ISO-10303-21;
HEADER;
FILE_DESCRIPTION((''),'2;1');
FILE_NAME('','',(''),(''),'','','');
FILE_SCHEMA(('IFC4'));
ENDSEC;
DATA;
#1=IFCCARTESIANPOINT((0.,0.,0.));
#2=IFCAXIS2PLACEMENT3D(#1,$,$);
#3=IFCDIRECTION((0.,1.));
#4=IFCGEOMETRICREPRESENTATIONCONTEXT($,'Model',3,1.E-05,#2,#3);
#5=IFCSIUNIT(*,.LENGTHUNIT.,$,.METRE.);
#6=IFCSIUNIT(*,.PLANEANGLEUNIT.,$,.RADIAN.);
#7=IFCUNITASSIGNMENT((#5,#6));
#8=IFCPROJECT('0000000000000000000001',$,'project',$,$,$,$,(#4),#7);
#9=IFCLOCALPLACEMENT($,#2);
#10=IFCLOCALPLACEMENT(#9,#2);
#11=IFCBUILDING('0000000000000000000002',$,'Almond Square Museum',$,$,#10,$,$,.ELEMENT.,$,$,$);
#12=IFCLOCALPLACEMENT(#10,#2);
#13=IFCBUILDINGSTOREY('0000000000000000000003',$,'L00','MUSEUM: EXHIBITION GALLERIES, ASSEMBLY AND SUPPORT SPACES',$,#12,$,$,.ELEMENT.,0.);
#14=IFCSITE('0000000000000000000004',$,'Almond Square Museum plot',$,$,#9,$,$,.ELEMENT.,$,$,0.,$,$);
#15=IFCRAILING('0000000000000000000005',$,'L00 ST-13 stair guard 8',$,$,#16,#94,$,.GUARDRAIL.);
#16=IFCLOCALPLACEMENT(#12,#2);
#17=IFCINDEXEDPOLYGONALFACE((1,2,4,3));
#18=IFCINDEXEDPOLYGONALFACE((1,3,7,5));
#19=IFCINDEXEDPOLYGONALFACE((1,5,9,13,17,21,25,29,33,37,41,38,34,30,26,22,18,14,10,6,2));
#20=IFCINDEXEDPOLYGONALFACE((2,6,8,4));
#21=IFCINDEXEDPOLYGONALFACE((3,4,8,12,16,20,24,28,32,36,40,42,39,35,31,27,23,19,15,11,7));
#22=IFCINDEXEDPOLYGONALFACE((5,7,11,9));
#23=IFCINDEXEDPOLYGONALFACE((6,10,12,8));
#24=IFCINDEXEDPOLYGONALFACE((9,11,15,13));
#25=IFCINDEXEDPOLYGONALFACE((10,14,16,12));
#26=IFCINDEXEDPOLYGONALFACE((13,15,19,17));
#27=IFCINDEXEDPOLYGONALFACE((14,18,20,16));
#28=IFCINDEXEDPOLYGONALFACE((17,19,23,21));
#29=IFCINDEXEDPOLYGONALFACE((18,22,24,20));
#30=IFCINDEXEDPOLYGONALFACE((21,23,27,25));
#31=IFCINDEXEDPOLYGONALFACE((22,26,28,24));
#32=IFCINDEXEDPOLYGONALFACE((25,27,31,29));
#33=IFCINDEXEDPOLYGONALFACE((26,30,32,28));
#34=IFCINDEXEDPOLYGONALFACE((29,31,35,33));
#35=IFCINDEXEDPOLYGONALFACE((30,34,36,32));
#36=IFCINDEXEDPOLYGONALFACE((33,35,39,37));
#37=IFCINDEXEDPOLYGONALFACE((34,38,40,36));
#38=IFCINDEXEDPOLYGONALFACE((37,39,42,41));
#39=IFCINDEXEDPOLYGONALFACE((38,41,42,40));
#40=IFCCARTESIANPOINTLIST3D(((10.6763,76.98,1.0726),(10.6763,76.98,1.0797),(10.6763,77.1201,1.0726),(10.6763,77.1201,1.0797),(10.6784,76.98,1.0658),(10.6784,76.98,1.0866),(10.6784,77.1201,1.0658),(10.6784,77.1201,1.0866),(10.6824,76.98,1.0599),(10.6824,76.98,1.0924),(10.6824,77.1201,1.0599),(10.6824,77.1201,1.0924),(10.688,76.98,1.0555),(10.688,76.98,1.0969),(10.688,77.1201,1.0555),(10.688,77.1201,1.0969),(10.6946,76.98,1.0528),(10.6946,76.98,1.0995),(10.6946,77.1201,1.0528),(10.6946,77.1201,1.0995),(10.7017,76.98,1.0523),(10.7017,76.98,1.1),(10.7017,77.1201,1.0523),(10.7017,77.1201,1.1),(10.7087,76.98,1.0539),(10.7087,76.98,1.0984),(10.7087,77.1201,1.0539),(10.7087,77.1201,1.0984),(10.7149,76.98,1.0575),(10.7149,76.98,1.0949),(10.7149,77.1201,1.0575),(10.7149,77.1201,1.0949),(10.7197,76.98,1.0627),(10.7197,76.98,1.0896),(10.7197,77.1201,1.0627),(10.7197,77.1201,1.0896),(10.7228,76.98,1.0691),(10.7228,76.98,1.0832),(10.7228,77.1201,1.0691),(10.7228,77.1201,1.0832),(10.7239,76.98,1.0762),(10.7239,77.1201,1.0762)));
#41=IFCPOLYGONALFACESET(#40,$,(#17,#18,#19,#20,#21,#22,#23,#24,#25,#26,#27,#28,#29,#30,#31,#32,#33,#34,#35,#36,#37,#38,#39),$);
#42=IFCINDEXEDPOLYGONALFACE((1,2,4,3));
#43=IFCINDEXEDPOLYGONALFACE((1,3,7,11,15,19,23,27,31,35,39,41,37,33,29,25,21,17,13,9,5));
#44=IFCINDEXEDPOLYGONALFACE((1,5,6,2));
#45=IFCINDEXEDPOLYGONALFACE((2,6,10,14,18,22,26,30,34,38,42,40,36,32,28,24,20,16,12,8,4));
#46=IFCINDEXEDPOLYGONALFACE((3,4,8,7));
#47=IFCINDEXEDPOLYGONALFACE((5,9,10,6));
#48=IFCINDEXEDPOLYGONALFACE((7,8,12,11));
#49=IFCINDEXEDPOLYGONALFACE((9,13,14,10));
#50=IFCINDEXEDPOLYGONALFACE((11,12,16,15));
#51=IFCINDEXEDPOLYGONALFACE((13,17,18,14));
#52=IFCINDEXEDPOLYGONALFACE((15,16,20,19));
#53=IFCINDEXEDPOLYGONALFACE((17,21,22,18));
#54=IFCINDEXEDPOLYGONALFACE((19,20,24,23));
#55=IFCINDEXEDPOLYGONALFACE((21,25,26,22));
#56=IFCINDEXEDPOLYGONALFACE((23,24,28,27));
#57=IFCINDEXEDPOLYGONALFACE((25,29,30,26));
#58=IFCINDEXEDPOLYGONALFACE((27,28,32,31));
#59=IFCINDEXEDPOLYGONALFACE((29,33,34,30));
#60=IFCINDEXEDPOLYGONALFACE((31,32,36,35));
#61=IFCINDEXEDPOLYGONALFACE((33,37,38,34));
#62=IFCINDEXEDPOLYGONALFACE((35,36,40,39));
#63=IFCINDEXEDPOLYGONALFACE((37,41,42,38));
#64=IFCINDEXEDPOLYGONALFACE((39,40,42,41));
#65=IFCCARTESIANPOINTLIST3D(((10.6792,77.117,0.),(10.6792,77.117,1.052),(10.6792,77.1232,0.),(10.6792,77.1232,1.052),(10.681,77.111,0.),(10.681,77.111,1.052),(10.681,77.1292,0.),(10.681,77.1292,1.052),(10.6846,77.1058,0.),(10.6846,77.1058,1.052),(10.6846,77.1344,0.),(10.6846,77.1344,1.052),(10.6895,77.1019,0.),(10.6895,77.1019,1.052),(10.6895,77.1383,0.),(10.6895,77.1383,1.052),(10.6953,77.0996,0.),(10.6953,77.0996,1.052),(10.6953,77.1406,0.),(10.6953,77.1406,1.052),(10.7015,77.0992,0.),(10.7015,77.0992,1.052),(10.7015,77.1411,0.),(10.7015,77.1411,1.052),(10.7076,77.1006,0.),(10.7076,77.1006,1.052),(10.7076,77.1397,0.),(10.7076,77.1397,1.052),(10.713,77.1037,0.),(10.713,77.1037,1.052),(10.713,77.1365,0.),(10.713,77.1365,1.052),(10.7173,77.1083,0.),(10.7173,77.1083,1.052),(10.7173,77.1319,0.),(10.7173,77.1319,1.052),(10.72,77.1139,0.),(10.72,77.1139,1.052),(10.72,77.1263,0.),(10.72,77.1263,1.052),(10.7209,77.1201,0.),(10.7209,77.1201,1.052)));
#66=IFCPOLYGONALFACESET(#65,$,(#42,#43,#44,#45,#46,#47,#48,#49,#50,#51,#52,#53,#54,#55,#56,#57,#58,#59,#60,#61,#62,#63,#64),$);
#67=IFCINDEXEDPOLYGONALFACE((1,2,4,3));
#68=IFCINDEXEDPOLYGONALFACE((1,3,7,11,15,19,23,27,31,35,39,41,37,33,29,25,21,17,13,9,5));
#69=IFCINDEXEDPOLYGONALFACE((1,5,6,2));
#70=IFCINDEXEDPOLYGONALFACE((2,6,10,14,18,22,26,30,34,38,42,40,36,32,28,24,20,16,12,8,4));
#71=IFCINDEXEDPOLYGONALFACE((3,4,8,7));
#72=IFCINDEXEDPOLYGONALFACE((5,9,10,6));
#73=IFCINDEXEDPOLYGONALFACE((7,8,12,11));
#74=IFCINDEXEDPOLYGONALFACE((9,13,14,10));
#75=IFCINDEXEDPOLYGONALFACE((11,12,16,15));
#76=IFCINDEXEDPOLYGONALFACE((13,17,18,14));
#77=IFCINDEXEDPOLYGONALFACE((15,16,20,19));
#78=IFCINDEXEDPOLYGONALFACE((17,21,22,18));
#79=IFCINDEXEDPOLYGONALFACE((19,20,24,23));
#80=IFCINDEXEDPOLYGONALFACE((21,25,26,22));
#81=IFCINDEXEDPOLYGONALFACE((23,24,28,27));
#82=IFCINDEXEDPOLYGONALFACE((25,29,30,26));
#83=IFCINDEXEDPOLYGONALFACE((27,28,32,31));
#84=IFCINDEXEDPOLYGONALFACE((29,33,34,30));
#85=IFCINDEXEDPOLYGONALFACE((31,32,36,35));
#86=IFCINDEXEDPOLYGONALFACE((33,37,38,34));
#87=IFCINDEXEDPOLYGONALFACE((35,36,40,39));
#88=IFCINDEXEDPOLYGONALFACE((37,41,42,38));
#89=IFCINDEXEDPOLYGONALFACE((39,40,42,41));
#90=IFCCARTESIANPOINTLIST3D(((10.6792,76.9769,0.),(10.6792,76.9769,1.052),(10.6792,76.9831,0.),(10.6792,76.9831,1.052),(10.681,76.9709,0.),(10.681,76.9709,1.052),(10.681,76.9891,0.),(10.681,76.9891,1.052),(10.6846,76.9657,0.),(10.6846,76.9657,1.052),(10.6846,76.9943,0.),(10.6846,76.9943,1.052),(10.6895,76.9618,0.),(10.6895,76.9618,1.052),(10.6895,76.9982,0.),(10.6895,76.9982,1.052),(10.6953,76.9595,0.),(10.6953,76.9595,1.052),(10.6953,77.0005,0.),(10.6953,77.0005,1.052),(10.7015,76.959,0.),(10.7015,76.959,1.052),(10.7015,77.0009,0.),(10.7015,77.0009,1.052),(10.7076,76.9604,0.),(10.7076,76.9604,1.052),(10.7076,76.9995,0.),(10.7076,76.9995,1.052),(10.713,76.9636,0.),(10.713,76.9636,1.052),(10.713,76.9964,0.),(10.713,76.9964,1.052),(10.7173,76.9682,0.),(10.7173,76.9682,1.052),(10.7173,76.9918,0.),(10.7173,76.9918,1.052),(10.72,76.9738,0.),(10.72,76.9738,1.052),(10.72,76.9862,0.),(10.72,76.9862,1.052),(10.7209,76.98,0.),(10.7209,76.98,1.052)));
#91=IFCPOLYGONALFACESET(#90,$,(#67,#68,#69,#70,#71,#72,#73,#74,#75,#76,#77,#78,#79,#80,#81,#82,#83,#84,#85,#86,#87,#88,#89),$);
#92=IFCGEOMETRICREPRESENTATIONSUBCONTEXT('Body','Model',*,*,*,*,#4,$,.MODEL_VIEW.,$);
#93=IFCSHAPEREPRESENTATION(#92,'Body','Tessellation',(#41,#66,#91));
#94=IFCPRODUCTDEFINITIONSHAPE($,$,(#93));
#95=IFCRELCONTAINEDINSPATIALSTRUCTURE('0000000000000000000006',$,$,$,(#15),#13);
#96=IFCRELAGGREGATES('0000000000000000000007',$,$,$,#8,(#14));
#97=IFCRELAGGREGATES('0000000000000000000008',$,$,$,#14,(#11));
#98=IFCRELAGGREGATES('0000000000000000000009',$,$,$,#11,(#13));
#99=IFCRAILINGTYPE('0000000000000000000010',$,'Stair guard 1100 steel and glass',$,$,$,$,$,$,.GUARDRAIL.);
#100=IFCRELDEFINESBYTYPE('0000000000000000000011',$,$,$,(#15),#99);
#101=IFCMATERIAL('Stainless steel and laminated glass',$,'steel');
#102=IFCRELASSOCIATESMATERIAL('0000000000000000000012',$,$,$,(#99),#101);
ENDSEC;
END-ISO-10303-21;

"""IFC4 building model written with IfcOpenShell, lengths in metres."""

from ifc_helpers import new_model, si_unit, direction, frame, origin, origin_2d, place, context, subcontext, project, spatial, circle, extrude, material, type_object, element, save


model = new_model("IFC4")

# Units and contexts
model_context = context("Model", 3, precision=1e-05, world=origin(), true_north=direction((0.0, 1.0)))
body_context = subcontext(model_context, "Body", "Model", "MODEL_VIEW")
ifc_project = project(units=[si_unit("LENGTHUNIT", "METRE"), si_unit("PLANEANGLEUNIT", "RADIAN")], contexts=[model_context])

# Site, building, storey
site_placement = place(None, origin())
site = spatial("IfcSite", under=ifc_project, at=site_placement, Name="Almond Square Museum plot", CompositionType="ELEMENT", RefElevation=0.0)
building_placement = place(site_placement, origin())
building = spatial("IfcBuilding", under=site, at=building_placement, Name="Almond Square Museum", CompositionType="ELEMENT")
storey_placement = place(building_placement, origin())
storey = spatial("IfcBuildingStorey", under=building, at=storey_placement, Name="L00", Description="MUSEUM: EXHIBITION GALLERIES, ASSEMBLY AND SUPPORT SPACES", CompositionType="ELEMENT", Elevation=0.0)

# Railing
ifc_material_1 = material(Name="Stainless steel and laminated glass", Category="steel")
railing_type_1 = type_object("IfcRailingType", Name="Stair guard 1100 steel and glass", PredefinedType="GUARDRAIL", material=ifc_material_1)
railing_1_placement = place(storey_placement, frame((10.7, 77.1201, 0.0)))
element("IfcRailing", 1, at=railing_1_placement, inside=storey, type_object=railing_type_1, Name="L00 ST-13 stair guard 8", PredefinedType="GUARDRAIL", context=body_context, shape_type="SweptSolid", body=[
    extrude(circle(Radius=0.0239, at=origin_2d()), frame((0.0, 0.0, 1.0762), z_axis=(0.0, -1.0, 0.0), x_axis=(1.0, 0.0, 0.0)), (0.0, 0.0, 1.0), 0.1401),
    extrude(circle(Radius=0.021, at=origin_2d()), origin(), (0.0, 0.0, 1.0), 1.052),
    extrude(circle(Radius=0.021, at=origin_2d()), frame((0.0, -0.1401, 0.0)), (0.0, 0.0, 1.0), 1.052),
])

save(model, "model.ifc")
